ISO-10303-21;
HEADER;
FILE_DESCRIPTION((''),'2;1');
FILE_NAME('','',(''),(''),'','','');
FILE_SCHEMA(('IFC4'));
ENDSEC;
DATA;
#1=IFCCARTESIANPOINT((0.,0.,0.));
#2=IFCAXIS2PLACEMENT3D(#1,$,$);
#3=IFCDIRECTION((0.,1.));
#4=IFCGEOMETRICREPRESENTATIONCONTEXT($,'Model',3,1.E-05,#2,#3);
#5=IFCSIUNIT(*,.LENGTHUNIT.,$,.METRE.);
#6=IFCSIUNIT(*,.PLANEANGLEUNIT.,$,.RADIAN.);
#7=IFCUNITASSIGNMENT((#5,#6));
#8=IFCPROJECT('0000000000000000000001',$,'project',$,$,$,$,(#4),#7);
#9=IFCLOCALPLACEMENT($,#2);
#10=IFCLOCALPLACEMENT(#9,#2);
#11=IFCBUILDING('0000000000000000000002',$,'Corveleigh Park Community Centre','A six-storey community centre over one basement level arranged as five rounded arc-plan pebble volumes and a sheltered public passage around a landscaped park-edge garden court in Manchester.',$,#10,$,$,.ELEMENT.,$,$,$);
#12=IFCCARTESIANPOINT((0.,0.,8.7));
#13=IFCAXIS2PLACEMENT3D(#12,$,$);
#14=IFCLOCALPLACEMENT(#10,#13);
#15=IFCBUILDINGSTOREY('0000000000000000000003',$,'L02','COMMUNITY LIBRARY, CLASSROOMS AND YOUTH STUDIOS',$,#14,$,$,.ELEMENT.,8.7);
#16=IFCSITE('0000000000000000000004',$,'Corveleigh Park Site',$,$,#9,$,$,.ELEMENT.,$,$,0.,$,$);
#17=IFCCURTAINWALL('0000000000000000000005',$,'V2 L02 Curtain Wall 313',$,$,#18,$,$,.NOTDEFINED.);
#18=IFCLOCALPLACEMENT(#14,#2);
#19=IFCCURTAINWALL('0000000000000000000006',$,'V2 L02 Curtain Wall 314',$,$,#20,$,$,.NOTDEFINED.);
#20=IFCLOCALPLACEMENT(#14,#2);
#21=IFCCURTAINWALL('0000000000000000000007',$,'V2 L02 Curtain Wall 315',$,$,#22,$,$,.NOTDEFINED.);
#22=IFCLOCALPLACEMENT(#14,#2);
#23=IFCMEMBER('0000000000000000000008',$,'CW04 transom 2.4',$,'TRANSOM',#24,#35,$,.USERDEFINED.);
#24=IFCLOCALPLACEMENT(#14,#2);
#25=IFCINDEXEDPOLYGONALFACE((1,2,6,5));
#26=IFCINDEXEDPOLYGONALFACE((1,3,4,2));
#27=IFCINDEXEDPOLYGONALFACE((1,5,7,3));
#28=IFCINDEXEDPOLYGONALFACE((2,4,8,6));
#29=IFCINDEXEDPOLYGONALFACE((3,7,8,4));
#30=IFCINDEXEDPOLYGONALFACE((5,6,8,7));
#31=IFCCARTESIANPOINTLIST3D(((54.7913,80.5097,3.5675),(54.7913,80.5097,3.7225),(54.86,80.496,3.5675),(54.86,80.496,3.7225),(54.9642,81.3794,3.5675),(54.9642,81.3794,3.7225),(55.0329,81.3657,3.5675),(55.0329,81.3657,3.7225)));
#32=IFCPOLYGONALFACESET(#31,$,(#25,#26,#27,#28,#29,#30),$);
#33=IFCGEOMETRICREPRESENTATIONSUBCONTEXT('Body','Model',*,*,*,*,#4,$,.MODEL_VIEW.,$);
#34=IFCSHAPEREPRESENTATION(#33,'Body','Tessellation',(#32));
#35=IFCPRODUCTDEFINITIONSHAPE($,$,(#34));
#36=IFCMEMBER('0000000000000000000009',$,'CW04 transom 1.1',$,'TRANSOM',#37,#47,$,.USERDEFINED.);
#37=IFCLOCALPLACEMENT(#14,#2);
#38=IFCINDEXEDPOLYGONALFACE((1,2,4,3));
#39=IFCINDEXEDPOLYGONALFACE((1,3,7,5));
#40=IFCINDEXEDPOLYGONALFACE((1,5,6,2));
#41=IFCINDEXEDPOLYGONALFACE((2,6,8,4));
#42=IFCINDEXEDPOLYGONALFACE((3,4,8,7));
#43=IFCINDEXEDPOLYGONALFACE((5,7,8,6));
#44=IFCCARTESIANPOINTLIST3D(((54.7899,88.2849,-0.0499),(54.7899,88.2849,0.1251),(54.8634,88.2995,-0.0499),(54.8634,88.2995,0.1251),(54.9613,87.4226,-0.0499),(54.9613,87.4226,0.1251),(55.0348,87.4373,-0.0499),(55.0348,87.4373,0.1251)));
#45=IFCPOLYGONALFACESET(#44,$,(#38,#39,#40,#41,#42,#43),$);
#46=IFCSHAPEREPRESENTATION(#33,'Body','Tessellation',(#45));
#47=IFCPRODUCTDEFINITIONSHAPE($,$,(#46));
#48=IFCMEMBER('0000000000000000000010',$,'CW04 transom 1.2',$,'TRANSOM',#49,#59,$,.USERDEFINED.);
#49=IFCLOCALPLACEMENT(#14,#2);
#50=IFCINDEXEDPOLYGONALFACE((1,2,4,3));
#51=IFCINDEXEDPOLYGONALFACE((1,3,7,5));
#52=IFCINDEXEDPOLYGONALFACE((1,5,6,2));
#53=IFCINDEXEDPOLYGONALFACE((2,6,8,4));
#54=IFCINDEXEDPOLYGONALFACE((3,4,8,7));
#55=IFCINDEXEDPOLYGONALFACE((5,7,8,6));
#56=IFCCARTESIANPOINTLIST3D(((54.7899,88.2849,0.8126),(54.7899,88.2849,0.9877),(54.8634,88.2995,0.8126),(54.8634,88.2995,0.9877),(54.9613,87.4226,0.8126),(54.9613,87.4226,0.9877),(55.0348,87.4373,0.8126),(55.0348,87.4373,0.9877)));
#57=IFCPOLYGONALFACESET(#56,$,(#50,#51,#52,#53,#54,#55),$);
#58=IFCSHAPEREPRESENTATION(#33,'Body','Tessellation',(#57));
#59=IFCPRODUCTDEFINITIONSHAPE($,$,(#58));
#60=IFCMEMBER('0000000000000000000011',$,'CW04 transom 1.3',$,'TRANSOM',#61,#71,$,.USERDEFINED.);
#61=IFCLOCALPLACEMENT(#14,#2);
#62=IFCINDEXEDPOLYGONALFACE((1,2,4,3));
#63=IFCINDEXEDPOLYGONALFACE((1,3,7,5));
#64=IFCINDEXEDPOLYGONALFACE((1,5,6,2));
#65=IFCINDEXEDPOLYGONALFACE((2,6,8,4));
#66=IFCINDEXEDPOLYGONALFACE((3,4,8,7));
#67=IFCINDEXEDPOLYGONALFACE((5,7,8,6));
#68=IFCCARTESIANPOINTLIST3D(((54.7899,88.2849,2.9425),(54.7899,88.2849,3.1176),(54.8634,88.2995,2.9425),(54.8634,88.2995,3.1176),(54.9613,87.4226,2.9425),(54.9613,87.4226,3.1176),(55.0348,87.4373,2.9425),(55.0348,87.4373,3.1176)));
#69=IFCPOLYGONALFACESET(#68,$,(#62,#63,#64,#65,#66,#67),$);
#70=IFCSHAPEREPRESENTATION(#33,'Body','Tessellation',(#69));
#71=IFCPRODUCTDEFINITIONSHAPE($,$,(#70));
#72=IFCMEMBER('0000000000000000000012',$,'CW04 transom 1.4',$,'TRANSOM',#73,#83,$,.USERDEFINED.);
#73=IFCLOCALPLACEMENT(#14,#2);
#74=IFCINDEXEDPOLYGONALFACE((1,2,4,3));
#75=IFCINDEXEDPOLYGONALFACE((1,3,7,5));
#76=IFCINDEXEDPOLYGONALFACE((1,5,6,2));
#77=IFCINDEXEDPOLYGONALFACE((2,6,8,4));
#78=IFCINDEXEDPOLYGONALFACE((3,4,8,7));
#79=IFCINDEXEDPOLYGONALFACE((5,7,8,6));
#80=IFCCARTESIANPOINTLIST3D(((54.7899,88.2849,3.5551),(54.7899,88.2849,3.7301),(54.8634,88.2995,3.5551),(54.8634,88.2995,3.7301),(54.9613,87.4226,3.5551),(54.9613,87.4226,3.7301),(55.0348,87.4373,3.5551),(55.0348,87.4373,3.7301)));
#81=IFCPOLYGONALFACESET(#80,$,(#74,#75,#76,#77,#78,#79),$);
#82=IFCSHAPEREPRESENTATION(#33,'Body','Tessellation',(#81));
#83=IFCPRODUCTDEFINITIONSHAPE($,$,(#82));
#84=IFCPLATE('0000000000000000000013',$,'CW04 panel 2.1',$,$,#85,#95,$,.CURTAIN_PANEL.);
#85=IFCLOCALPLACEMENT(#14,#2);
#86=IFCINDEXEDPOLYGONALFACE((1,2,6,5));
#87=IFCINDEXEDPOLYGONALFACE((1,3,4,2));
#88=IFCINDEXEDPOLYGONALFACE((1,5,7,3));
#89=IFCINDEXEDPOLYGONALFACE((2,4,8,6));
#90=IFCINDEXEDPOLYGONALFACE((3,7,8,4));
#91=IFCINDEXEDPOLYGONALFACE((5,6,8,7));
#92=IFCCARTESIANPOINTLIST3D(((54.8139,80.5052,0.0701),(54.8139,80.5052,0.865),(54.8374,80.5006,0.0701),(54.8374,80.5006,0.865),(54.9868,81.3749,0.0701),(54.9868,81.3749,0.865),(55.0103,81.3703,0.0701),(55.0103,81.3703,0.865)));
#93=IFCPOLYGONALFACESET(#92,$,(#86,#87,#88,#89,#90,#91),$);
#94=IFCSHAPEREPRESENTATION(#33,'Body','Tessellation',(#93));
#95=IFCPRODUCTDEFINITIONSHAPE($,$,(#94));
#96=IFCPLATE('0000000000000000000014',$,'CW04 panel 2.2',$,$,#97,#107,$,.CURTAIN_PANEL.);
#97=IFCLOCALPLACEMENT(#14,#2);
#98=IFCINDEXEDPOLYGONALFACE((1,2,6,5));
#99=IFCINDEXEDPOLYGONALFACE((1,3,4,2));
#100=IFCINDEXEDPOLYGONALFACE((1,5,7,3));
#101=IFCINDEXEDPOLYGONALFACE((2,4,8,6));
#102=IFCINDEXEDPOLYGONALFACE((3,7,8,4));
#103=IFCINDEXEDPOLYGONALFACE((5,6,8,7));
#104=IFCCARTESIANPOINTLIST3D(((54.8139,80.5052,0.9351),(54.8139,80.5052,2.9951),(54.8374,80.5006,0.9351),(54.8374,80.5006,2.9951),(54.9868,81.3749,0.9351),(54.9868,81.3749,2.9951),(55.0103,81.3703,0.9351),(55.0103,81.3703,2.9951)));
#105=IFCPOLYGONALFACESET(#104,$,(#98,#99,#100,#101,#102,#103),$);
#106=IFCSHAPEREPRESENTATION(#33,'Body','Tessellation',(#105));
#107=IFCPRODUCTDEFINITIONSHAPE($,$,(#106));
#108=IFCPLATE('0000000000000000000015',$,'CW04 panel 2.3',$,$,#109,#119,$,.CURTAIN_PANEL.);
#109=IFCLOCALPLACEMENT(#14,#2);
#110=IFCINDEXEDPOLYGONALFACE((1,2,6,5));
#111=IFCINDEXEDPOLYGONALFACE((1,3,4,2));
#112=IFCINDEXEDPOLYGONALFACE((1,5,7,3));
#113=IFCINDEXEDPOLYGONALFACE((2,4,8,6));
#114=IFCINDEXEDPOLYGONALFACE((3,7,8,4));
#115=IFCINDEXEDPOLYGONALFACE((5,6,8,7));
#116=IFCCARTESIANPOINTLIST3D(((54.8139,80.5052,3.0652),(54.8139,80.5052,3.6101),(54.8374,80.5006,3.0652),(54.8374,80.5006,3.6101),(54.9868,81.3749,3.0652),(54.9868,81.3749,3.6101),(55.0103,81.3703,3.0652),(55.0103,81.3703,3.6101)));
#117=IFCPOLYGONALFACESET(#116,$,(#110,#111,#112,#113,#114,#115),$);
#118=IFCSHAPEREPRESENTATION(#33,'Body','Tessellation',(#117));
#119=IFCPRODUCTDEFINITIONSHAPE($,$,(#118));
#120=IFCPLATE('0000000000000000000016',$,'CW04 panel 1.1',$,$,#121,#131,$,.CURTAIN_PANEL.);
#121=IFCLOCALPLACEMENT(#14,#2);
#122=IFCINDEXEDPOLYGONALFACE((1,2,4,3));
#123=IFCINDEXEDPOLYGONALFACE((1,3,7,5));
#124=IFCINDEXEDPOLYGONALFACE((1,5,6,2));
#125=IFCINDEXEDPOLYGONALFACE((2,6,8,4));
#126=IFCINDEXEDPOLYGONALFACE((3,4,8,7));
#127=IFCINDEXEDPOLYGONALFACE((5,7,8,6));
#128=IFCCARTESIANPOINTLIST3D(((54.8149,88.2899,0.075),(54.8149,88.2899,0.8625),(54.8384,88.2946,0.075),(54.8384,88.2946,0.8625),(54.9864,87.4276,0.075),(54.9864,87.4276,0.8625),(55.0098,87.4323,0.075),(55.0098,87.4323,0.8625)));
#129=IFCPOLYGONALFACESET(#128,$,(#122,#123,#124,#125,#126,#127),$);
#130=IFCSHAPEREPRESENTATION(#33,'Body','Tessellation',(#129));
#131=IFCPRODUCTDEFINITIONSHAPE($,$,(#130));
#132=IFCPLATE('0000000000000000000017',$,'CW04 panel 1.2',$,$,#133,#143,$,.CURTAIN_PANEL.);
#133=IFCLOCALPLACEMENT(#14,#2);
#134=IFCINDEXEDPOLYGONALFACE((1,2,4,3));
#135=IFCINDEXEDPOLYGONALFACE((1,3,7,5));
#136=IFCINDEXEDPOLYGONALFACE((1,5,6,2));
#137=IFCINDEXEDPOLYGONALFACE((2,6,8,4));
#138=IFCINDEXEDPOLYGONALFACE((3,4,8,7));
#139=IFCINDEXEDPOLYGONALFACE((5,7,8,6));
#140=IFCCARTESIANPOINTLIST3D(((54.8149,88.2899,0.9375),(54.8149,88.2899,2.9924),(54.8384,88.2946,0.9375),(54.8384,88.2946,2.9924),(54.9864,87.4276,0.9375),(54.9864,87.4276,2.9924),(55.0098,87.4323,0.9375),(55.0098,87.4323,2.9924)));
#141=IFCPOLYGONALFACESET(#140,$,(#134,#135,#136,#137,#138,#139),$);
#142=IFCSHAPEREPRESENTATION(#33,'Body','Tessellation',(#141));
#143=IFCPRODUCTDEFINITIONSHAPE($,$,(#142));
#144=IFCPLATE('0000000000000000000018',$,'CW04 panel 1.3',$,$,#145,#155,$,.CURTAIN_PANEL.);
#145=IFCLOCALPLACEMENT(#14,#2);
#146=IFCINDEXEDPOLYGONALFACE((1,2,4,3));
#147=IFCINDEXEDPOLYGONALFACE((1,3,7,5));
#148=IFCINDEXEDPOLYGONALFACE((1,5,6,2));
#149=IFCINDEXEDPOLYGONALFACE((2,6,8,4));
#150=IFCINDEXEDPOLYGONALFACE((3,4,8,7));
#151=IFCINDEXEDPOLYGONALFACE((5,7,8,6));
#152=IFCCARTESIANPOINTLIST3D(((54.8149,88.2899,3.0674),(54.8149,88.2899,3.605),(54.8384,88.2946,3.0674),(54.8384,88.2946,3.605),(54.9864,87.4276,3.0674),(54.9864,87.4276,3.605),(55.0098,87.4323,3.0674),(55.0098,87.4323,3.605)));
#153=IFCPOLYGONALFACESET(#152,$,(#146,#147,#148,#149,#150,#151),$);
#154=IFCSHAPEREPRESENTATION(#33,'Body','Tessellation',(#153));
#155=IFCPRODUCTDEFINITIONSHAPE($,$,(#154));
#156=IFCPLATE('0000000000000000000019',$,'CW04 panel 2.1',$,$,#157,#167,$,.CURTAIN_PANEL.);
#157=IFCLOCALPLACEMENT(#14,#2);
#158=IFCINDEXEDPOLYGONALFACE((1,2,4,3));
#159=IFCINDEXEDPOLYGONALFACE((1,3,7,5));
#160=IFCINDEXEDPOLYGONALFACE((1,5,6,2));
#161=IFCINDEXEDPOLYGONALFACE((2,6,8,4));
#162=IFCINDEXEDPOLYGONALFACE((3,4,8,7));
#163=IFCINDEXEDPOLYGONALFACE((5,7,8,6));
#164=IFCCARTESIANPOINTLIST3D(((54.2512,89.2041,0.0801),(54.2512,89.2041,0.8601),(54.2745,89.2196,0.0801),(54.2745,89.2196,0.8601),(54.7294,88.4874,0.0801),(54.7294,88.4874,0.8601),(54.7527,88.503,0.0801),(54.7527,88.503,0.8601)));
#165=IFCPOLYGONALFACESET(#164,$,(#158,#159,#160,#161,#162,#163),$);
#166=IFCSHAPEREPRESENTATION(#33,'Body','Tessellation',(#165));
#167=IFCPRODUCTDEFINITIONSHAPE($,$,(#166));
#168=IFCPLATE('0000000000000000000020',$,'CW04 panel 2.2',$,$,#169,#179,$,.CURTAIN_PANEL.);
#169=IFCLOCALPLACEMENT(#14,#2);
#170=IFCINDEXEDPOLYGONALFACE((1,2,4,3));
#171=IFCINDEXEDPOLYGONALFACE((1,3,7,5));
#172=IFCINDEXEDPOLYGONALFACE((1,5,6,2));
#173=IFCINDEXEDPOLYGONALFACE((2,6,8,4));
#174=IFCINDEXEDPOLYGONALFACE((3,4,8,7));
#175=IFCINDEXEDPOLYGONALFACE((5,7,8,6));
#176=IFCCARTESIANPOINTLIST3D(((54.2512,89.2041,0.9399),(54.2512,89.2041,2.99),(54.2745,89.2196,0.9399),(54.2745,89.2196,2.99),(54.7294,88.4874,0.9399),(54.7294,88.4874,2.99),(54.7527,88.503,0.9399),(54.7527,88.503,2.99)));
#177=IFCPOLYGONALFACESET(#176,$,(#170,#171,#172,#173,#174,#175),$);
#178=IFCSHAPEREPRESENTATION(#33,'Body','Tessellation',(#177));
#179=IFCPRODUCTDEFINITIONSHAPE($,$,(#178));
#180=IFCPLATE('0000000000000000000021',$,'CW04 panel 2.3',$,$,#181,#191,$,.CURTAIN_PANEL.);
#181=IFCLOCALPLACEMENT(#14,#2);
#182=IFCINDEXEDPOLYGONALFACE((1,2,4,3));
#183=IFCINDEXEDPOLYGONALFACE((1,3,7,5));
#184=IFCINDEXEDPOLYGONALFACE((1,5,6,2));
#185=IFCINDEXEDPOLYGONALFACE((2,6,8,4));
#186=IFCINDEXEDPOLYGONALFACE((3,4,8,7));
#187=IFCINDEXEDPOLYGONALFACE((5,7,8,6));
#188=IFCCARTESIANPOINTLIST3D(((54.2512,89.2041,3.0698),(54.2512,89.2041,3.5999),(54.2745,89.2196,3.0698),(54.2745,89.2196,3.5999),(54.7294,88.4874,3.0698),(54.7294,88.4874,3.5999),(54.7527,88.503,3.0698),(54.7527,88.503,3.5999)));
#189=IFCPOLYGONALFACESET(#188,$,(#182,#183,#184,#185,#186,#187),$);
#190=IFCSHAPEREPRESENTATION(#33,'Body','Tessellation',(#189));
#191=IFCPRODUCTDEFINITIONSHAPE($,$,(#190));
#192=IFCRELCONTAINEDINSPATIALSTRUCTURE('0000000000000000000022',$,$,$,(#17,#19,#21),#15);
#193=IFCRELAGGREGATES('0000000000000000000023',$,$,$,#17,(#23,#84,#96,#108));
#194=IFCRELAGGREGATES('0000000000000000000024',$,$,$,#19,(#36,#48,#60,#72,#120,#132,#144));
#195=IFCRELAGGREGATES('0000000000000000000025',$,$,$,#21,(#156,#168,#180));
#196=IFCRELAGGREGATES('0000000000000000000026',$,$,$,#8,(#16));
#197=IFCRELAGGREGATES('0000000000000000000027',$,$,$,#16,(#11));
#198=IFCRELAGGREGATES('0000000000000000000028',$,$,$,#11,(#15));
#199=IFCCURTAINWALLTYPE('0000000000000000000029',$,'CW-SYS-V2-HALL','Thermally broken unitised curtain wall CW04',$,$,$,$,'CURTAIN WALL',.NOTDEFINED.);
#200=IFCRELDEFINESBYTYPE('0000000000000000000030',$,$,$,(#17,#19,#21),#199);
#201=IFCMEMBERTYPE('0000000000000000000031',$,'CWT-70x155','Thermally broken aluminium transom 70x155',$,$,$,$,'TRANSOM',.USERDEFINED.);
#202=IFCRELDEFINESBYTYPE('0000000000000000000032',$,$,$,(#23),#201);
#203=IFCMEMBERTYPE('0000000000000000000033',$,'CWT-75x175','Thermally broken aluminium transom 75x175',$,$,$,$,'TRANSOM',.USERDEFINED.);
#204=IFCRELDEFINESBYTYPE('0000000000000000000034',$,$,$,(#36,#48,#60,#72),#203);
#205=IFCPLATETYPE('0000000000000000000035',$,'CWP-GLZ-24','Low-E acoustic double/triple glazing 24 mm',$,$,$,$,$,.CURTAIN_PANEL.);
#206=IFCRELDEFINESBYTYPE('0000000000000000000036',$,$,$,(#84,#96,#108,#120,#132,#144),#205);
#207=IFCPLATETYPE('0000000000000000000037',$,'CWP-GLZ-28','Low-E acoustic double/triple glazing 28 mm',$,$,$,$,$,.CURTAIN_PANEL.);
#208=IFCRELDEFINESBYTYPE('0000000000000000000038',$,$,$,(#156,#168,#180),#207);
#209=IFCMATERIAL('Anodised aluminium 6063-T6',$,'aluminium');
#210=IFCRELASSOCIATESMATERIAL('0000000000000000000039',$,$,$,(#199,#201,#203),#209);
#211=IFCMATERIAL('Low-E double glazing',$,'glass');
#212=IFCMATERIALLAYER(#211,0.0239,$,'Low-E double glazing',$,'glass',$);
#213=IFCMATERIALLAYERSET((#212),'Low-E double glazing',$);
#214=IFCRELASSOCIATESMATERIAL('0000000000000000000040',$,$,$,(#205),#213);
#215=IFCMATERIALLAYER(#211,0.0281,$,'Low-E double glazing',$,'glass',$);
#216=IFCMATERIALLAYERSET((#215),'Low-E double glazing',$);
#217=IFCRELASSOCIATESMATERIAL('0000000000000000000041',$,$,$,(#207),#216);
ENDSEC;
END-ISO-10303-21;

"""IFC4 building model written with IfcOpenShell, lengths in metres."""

from ifc_helpers import new_model, si_unit, direction, frame, origin, origin_2d, place, context, subcontext, project, spatial, rectangle, extrude, material, layer, layer_set, material_profile, profile_set, type_object, element, aggregate, save


model = new_model("IFC4")

# Units and contexts
model_context = context("Model", 3, precision=1e-05, world=origin(), true_north=direction((0.0, 1.0)))
body_context = subcontext(model_context, "Body", "Model", "MODEL_VIEW")
ifc_project = project(units=[si_unit("LENGTHUNIT", "METRE"), si_unit("PLANEANGLEUNIT", "RADIAN")], contexts=[model_context])

# Site, building, storey
site_placement = place(None, origin())
site = spatial("IfcSite", under=ifc_project, at=site_placement, Name="Corveleigh Park Site", CompositionType="ELEMENT", RefElevation=0.0)
building_placement = place(site_placement, origin())
building = spatial("IfcBuilding", under=site, at=building_placement, Name="Corveleigh Park Community Centre", Description="A six-storey community centre over one basement level arranged as five rounded arc-plan pebble volumes and a sheltered public passage around a landscaped park-edge garden court in Manchester.", CompositionType="ELEMENT")
storey_placement = place(building_placement, frame((0.0, 0.0, 8.7)))
storey = spatial("IfcBuildingStorey", under=building, at=storey_placement, Name="L02", Description="COMMUNITY LIBRARY, CLASSROOMS AND YOUTH STUDIOS", CompositionType="ELEMENT", Elevation=8.7)

# Curtain walls
ifc_material_1 = material(Name="Anodised aluminium 6063-T6", Category="aluminium")
curtain_wall_type = type_object("IfcCurtainWallType", Name="CW-SYS-V2-HALL", Description="Thermally broken unitised curtain wall CW04", ElementType="CURTAIN WALL", PredefinedType="NOTDEFINED", material=ifc_material_1)
curtain_wall_1_placement = place(storey_placement, origin())
curtain_wall_1 = element("IfcCurtainWall", 1, at=curtain_wall_1_placement, inside=storey, type_object=curtain_wall_type, Name="V2 L02 Curtain Wall 313", PredefinedType="NOTDEFINED")
curtain_wall_2_placement = place(storey_placement, origin())
curtain_wall_2 = element("IfcCurtainWall", 2, at=curtain_wall_2_placement, inside=storey, type_object=curtain_wall_type, Name="V2 L02 Curtain Wall 314", PredefinedType="NOTDEFINED")

# Curtain wall
curtain_wall_3_placement = place(storey_placement, origin())
curtain_wall_3 = element("IfcCurtainWall", 3, at=curtain_wall_3_placement, inside=storey, type_object=curtain_wall_type, Name="V2 L02 Curtain Wall 315", PredefinedType="NOTDEFINED")

# Members
ifc_material_profile_1 = material_profile(ifc_material_1, rectangle(XDim=0.0701, YDim=0.155, at=origin_2d()), Name="ALU-T70x155", Category="aluminium")
ifc_profile_set_1 = profile_set([ifc_material_profile_1], Name="Anodised aluminium 6063-T6")
member_type_1 = type_object("IfcMemberType", Name="CWT-70x155", Description="Thermally broken aluminium transom 70x155", ElementType="TRANSOM", PredefinedType="USERDEFINED", material=ifc_profile_set_1)
member_1_placement = place(storey_placement, frame((54.9985, 81.3726, 3.645), z_axis=(-0.194951, -0.980813, 0.0), x_axis=(0.980813, -0.194951, 0.0)))
member_1 = element("IfcMember", 4, at=member_1_placement, type_object=member_type_1, Name="CW04 transom 2.4", ObjectType="TRANSOM", PredefinedType="USERDEFINED", context=body_context, shape_type="SweptSolid", body=[
    extrude(rectangle(XDim=0.0701, YDim=0.155, at=origin_2d()), origin(), (0.0, 0.0, 1.0), 0.8867),
])
ifc_material_profile_2 = material_profile(ifc_material_1, rectangle(XDim=0.075, YDim=0.175, at=origin_2d()), Name="ALU-T75x175", Category="aluminium")
ifc_profile_set_2 = profile_set([ifc_material_profile_2], Name="Anodised aluminium 6063-T6")
member_type_2 = type_object("IfcMemberType", Name="CWT-75x175", Description="Thermally broken aluminium transom 75x175", ElementType="TRANSOM", PredefinedType="USERDEFINED", material=ifc_profile_set_2)
member_2_placement = place(storey_placement, frame((54.8267, 88.2922, 0.0376), z_axis=(0.194941, -0.980815, 0.0), x_axis=(0.980815, 0.194941, 0.0)))
member_2 = element("IfcMember", 5, at=member_2_placement, type_object=member_type_2, Name="CW04 transom 1.1", ObjectType="TRANSOM", PredefinedType="USERDEFINED", context=body_context, shape_type="SweptSolid", body=[
    extrude(rectangle(XDim=0.075, YDim=0.175, at=origin_2d()), origin(), (0.0, 0.0, 1.0), 0.8792),
])
member_3_placement = place(storey_placement, frame((54.8267, 88.2922, 0.9001), z_axis=(0.194941, -0.980815, 0.0), x_axis=(0.980815, 0.194941, 0.0)))
member_3 = element("IfcMember", 6, at=member_3_placement, type_object=member_type_2, Name="CW04 transom 1.2", ObjectType="TRANSOM", PredefinedType="USERDEFINED", context=body_context, shape_type="SweptSolid", body=[
    extrude(rectangle(XDim=0.075, YDim=0.175, at=origin_2d()), origin(), (0.0, 0.0, 1.0), 0.8792),
])
member_4_placement = place(storey_placement, frame((54.8267, 88.2922, 3.03), z_axis=(0.194941, -0.980815, 0.0), x_axis=(0.980815, 0.194941, 0.0)))
member_4 = element("IfcMember", 7, at=member_4_placement, type_object=member_type_2, Name="CW04 transom 1.3", ObjectType="TRANSOM", PredefinedType="USERDEFINED", context=body_context, shape_type="SweptSolid", body=[
    extrude(rectangle(XDim=0.075, YDim=0.175, at=origin_2d()), origin(), (0.0, 0.0, 1.0), 0.8792),
])
member_5_placement = place(storey_placement, frame((54.8267, 88.2922, 3.6426), z_axis=(0.194941, -0.980815, 0.0), x_axis=(0.980815, 0.194941, 0.0)))
member_5 = element("IfcMember", 8, at=member_5_placement, type_object=member_type_2, Name="CW04 transom 1.4", ObjectType="TRANSOM", PredefinedType="USERDEFINED", context=body_context, shape_type="SweptSolid", body=[
    extrude(rectangle(XDim=0.075, YDim=0.175, at=origin_2d()), origin(), (0.0, 0.0, 1.0), 0.8792),
])

# Plates
ifc_material_2 = material(Name="Low-E double glazing", Category="glass")
ifc_layer_1 = layer(ifc_material_2, 0.0239, Name="Low-E double glazing", Category="glass")
ifc_layer_set_1 = layer_set([ifc_layer_1], Name="Low-E double glazing")
plate_type_1 = type_object("IfcPlateType", Name="CWP-GLZ-24", Description="Low-E acoustic double/triple glazing 24 mm", PredefinedType="CURTAIN_PANEL", material=ifc_layer_set_1)
plate_1_placement = place(storey_placement, frame((54.9121, 80.9377, 0.0701), z_axis=(0.0, 0.0, 1.0), x_axis=(-0.195033, -0.980797, 0.0)))
plate_1 = element("IfcPlate", 9, at=plate_1_placement, type_object=plate_type_1, Name="CW04 panel 2.1", PredefinedType="CURTAIN_PANEL", context=body_context, shape_type="SweptSolid", body=[
    extrude(rectangle(XDim=0.8867, YDim=0.0239, at=origin_2d()), origin(), (0.0, 0.0, 1.0), 0.7949),
])
plate_2_placement = place(storey_placement, frame((54.9121, 80.9377, 0.9351), z_axis=(0.0, 0.0, 1.0), x_axis=(-0.195033, -0.980797, 0.0)))
plate_2 = element("IfcPlate", 10, at=plate_2_placement, type_object=plate_type_1, Name="CW04 panel 2.2", PredefinedType="CURTAIN_PANEL", context=body_context, shape_type="SweptSolid", body=[
    extrude(rectangle(XDim=0.8867, YDim=0.0239, at=origin_2d()), origin(), (0.0, 0.0, 1.0), 2.0601),
])
plate_3_placement = place(storey_placement, frame((54.9121, 80.9377, 3.0652), z_axis=(0.0, 0.0, 1.0), x_axis=(-0.195033, -0.980797, 0.0)))
plate_3 = element("IfcPlate", 11, at=plate_3_placement, type_object=plate_type_1, Name="CW04 panel 2.3", PredefinedType="CURTAIN_PANEL", context=body_context, shape_type="SweptSolid", body=[
    extrude(rectangle(XDim=0.8867, YDim=0.0239, at=origin_2d()), origin(), (0.0, 0.0, 1.0), 0.5449),
])
aggregate(curtain_wall_1, [member_1, plate_1, plate_2, plate_3])
plate_4_placement = place(storey_placement, frame((54.9124, 87.8611, 0.075), z_axis=(0.0, 0.0, 1.0), x_axis=(0.195033, -0.980797, 0.0)))
plate_4 = element("IfcPlate", 12, at=plate_4_placement, type_object=plate_type_1, Name="CW04 panel 1.1", PredefinedType="CURTAIN_PANEL", context=body_context, shape_type="SweptSolid", body=[
    extrude(rectangle(XDim=0.8792, YDim=0.0239, at=origin_2d()), origin(), (0.0, 0.0, 1.0), 0.7876),
])
plate_5_placement = place(storey_placement, frame((54.9124, 87.8611, 0.9375), z_axis=(0.0, 0.0, 1.0), x_axis=(0.195033, -0.980797, 0.0)))
plate_5 = element("IfcPlate", 13, at=plate_5_placement, type_object=plate_type_1, Name="CW04 panel 1.2", PredefinedType="CURTAIN_PANEL", context=body_context, shape_type="SweptSolid", body=[
    extrude(rectangle(XDim=0.8792, YDim=0.0239, at=origin_2d()), origin(), (0.0, 0.0, 1.0), 2.0549),
])
plate_6_placement = place(storey_placement, frame((54.9124, 87.8611, 3.0674), z_axis=(0.0, 0.0, 1.0), x_axis=(0.195033, -0.980797, 0.0)))
plate_6 = element("IfcPlate", 14, at=plate_6_placement, type_object=plate_type_1, Name="CW04 panel 1.3", PredefinedType="CURTAIN_PANEL", context=body_context, shape_type="SweptSolid", body=[
    extrude(rectangle(XDim=0.8792, YDim=0.0239, at=origin_2d()), origin(), (0.0, 0.0, 1.0), 0.5376),
])
aggregate(curtain_wall_2, [member_2, member_3, member_4, member_5, plate_4, plate_5, plate_6])
ifc_layer_2 = layer(ifc_material_2, 0.0281, Name="Low-E double glazing", Category="glass")
ifc_layer_set_2 = layer_set([ifc_layer_2], Name="Low-E double glazing")
plate_type_2 = type_object("IfcPlateType", Name="CWP-GLZ-28", Description="Low-E acoustic double/triple glazing 28 mm", PredefinedType="CURTAIN_PANEL", material=ifc_layer_set_2)
plate_7_placement = place(storey_placement, frame((54.502, 88.8535, 0.0801), z_axis=(0.0, 0.0, 1.0), x_axis=(0.555058, -0.831811, 0.0)))
plate_7 = element("IfcPlate", 15, at=plate_7_placement, type_object=plate_type_2, Name="CW04 panel 2.1", PredefinedType="CURTAIN_PANEL", context=body_context, shape_type="SweptSolid", body=[
    extrude(rectangle(XDim=0.8616, YDim=0.0281, at=origin_2d()), origin(), (0.0, 0.0, 1.0), 0.78),
])
plate_8_placement = place(storey_placement, frame((54.502, 88.8535, 0.9399), z_axis=(0.0, 0.0, 1.0), x_axis=(0.555058, -0.831811, 0.0)))
plate_8 = element("IfcPlate", 16, at=plate_8_placement, type_object=plate_type_2, Name="CW04 panel 2.2", PredefinedType="CURTAIN_PANEL", context=body_context, shape_type="SweptSolid", body=[
    extrude(rectangle(XDim=0.8616, YDim=0.0281, at=origin_2d()), origin(), (0.0, 0.0, 1.0), 2.05),
])
plate_9_placement = place(storey_placement, frame((54.502, 88.8535, 3.0698), z_axis=(0.0, 0.0, 1.0), x_axis=(0.555058, -0.831811, 0.0)))
plate_9 = element("IfcPlate", 17, at=plate_9_placement, type_object=plate_type_2, Name="CW04 panel 2.3", PredefinedType="CURTAIN_PANEL", context=body_context, shape_type="SweptSolid", body=[
    extrude(rectangle(XDim=0.8616, YDim=0.0281, at=origin_2d()), origin(), (0.0, 0.0, 1.0), 0.53),
])
aggregate(curtain_wall_3, [plate_7, plate_8, plate_9])

save(model, "model.ifc")
